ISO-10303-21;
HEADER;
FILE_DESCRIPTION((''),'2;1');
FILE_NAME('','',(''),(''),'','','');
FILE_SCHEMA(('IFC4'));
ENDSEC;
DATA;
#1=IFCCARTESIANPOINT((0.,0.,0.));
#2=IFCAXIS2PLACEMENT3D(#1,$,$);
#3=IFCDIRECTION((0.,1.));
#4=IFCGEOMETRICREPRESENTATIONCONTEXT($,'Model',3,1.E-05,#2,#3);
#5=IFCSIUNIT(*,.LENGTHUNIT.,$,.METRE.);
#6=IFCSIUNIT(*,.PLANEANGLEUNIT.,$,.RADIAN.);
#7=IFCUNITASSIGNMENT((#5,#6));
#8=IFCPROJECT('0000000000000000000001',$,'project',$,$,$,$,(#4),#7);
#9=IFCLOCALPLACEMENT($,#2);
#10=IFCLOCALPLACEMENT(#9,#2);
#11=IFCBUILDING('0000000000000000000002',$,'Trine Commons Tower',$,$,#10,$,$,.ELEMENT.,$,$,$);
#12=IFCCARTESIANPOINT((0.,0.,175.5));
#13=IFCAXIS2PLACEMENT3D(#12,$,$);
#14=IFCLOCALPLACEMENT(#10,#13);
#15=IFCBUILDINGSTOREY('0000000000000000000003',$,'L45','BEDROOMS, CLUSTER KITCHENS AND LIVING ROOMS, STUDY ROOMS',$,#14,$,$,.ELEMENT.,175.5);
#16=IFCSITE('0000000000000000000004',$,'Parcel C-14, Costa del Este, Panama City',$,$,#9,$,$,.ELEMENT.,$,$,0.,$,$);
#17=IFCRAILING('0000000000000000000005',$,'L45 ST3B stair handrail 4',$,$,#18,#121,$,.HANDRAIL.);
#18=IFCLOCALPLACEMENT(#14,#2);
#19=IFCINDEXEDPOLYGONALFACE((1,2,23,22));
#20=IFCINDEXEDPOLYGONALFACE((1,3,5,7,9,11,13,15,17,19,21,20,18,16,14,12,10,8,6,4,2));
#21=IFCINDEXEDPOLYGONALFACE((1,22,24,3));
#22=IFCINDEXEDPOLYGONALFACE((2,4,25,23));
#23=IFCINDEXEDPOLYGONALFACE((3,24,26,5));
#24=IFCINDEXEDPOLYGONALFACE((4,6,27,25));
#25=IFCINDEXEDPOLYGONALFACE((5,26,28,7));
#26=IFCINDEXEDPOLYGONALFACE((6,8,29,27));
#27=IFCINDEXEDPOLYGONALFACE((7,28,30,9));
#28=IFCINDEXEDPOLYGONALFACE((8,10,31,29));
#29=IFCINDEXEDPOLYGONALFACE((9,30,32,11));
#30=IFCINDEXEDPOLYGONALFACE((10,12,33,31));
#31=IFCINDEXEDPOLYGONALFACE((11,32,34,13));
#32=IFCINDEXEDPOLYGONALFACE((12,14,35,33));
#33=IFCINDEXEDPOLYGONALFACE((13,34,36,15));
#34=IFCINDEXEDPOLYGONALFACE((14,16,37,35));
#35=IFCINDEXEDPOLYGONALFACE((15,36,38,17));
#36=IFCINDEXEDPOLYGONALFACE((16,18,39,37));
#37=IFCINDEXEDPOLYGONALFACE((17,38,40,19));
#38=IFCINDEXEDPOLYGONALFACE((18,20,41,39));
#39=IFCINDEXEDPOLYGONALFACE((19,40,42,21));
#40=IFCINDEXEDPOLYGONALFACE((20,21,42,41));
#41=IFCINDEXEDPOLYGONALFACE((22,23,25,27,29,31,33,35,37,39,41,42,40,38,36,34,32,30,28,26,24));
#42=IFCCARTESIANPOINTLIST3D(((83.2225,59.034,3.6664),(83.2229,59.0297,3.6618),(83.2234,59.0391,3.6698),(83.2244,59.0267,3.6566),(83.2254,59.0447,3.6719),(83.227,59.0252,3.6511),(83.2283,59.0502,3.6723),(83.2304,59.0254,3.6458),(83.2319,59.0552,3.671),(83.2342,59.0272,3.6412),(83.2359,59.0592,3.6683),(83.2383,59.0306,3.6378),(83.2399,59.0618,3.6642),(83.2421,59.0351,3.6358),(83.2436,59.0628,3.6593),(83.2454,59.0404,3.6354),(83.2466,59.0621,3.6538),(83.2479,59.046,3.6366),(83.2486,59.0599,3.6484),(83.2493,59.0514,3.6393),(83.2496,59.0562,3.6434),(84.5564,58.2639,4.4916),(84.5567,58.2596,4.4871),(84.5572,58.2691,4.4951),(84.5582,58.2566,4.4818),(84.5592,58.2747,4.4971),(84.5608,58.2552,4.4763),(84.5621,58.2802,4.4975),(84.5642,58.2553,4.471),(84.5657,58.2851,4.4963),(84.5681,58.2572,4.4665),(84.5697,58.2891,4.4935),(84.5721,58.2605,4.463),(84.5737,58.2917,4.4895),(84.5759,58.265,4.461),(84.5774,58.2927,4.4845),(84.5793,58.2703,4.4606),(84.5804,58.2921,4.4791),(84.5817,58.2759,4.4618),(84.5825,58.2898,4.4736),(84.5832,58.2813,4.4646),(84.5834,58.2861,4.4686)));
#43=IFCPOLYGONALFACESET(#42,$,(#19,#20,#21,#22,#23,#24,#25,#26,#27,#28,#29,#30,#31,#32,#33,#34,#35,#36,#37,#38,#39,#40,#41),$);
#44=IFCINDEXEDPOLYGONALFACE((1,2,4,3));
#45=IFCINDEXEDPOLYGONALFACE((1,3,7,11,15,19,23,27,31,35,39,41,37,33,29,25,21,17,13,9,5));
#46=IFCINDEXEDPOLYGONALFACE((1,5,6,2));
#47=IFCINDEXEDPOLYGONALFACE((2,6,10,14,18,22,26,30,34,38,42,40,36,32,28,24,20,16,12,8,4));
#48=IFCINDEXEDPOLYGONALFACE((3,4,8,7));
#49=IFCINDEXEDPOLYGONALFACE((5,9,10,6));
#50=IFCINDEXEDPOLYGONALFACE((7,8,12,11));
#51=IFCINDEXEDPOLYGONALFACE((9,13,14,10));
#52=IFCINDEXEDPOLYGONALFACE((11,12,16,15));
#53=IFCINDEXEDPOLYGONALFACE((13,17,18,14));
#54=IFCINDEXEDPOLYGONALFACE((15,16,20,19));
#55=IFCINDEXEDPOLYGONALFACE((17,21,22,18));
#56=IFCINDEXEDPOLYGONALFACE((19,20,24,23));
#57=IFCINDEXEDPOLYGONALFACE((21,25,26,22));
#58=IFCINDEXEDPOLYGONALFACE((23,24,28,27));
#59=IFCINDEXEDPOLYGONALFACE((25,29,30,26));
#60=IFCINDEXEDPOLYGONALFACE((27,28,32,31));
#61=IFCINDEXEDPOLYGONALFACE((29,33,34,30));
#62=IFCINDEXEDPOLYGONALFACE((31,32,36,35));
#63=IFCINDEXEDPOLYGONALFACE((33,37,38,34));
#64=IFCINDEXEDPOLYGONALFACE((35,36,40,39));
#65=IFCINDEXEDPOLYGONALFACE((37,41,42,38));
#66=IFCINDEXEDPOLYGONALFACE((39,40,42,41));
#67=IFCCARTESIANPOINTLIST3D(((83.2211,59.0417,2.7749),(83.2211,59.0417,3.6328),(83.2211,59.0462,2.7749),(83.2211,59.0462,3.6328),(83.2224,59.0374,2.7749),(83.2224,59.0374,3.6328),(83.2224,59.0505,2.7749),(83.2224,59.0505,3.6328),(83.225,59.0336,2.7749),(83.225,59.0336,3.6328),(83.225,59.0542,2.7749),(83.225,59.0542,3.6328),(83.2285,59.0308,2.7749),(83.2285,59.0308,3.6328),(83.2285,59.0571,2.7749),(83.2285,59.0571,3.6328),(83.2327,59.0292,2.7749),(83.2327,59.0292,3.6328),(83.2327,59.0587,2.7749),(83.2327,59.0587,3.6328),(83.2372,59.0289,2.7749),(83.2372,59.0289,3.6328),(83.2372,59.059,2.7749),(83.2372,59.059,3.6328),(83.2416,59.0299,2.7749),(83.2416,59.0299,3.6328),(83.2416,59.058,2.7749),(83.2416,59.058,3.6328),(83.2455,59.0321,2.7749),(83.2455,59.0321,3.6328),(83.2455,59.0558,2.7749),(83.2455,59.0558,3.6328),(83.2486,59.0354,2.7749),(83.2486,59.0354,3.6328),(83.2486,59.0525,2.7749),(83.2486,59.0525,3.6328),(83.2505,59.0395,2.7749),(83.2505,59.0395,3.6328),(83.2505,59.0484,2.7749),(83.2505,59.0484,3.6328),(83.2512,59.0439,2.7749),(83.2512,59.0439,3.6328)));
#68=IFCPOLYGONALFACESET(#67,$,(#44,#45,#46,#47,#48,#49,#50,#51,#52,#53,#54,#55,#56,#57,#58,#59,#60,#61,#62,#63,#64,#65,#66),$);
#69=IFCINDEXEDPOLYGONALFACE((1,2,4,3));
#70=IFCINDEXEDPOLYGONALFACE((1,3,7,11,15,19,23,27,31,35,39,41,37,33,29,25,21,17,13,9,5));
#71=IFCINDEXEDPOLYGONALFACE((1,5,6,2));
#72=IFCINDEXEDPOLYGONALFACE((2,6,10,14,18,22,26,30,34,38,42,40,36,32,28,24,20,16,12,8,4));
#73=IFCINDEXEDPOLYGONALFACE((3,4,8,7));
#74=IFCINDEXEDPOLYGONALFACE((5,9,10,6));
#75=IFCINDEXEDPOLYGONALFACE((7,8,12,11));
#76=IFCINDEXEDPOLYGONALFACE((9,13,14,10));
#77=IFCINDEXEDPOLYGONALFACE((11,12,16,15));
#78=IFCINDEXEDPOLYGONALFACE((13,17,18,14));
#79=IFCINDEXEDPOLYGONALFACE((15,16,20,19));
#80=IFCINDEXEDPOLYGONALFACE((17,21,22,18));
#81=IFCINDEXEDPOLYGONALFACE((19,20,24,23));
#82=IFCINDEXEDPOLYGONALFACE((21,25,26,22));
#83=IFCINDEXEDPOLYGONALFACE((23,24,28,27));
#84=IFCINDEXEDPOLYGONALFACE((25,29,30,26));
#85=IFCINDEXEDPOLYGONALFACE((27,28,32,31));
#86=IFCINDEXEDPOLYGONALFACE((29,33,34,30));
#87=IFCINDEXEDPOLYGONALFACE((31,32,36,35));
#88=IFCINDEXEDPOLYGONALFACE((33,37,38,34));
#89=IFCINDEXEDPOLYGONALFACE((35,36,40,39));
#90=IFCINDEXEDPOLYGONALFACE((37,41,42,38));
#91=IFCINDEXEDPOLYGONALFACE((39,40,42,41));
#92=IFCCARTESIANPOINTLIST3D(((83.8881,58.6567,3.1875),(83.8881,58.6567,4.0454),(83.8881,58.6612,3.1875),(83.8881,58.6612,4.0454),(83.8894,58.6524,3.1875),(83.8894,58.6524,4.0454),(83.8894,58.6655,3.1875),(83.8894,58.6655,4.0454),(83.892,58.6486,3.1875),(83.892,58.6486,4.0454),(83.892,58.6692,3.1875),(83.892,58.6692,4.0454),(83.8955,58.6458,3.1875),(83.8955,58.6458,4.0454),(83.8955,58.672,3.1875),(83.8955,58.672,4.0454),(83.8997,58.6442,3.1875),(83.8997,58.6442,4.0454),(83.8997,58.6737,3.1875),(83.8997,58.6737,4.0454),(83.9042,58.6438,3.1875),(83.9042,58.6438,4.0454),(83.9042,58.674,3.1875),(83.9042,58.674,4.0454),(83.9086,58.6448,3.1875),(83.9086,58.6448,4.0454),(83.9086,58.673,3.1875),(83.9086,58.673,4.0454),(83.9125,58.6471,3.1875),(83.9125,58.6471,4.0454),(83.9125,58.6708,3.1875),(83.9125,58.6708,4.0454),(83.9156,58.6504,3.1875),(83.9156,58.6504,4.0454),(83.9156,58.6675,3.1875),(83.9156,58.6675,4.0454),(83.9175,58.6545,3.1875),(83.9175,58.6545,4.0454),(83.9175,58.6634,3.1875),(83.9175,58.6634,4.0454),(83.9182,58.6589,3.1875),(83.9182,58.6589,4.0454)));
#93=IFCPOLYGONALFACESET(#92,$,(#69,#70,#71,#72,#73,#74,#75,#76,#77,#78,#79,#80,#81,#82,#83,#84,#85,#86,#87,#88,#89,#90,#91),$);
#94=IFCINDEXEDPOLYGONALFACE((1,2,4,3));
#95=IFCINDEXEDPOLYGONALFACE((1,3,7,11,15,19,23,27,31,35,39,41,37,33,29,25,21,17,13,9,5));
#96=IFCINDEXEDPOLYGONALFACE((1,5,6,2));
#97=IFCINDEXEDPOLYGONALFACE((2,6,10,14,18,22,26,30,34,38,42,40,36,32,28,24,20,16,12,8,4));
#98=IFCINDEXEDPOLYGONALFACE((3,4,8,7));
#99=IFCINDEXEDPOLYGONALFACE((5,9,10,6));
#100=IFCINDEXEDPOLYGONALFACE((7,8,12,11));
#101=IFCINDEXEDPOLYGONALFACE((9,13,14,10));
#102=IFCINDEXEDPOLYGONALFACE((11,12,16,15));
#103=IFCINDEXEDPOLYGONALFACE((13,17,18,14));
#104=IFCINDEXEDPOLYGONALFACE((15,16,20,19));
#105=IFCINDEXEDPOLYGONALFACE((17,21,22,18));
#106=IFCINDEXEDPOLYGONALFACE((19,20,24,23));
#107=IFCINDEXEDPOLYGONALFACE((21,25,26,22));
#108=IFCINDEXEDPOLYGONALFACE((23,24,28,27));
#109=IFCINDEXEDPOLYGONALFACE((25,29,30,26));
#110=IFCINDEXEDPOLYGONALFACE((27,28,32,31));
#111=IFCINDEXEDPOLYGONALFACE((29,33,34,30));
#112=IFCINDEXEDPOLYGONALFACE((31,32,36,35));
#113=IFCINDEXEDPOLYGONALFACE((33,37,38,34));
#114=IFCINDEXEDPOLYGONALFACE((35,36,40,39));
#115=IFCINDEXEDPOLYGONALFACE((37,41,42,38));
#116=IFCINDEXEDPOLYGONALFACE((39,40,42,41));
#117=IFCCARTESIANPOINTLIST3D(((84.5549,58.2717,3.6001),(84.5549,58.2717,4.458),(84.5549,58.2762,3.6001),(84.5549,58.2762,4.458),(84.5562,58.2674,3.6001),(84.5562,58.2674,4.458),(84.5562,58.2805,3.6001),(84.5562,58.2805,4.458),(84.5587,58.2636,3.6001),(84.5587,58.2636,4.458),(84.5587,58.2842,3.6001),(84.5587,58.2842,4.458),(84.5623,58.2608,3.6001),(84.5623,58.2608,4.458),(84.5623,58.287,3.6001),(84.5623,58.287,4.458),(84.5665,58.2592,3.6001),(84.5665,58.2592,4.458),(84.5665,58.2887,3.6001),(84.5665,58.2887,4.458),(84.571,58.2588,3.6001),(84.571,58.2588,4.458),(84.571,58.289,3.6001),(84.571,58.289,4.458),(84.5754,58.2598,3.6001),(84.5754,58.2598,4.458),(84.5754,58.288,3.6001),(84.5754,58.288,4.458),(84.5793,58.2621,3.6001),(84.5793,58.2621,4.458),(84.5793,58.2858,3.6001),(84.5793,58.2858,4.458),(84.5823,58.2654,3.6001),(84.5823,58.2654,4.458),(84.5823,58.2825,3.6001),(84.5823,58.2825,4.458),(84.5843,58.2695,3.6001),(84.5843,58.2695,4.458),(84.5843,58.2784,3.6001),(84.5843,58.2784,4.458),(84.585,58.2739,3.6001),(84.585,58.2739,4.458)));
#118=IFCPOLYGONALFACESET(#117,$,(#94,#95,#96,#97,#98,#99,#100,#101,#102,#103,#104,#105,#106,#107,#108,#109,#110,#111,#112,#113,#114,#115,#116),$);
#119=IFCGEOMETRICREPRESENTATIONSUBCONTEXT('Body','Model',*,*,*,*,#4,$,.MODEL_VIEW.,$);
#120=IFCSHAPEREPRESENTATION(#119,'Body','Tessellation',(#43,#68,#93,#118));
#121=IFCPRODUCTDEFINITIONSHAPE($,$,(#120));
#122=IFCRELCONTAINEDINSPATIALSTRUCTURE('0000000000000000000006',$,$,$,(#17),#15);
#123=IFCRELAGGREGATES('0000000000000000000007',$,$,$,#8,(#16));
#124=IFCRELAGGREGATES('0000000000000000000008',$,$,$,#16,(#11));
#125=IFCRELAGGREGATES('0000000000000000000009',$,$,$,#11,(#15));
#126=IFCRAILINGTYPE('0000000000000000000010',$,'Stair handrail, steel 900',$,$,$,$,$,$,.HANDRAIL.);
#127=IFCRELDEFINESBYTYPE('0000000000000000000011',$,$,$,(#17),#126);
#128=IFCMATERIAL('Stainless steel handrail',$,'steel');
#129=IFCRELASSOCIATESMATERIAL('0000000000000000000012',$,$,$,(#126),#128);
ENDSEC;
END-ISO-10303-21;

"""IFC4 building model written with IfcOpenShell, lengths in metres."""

from ifc_helpers import new_model, si_unit, direction, frame, origin, origin_2d, place, context, subcontext, project, spatial, circle, extrude, material, type_object, element, save


model = new_model("IFC4")

# Units and contexts
model_context = context("Model", 3, precision=1e-05, world=origin(), true_north=direction((0.0, 1.0)))
body_context = subcontext(model_context, "Body", "Model", "MODEL_VIEW")
ifc_project = project(units=[si_unit("LENGTHUNIT", "METRE"), si_unit("PLANEANGLEUNIT", "RADIAN")], contexts=[model_context])

# Site, building, storey
site_placement = place(None, origin())
site = spatial("IfcSite", under=ifc_project, at=site_placement, Name="Parcel C-14, Costa del Este, Panama City", CompositionType="ELEMENT", RefElevation=0.0)
building_placement = place(site_placement, origin())
building = spatial("IfcBuilding", under=site, at=building_placement, Name="Trine Commons Tower", CompositionType="ELEMENT")
storey_placement = place(building_placement, frame((0.0, 0.0, 175.5)))
storey = spatial("IfcBuildingStorey", under=building, at=storey_placement, Name="L45", Description="BEDROOMS, CLUSTER KITCHENS AND LIVING ROOMS, STUDY ROOMS", CompositionType="ELEMENT", Elevation=175.5)

# Railing
ifc_material_1 = material(Name="Stainless steel handrail", Category="steel")
railing_type_1 = type_object("IfcRailingType", Name="Stair handrail, steel 900", PredefinedType="HANDRAIL", material=ifc_material_1)
railing_1_placement = place(storey_placement, frame((83.2361, 59.0439, 2.7749)))
element("IfcRailing", 1, at=railing_1_placement, inside=storey, type_object=railing_type_1, Name="L45 ST3B stair handrail 4", PredefinedType="HANDRAIL", context=body_context, shape_type="SweptSolid", body=[
    extrude(circle(Radius=0.021, at=origin_2d()), frame((0.0, 0.0, 0.8789), z_axis=(0.763355, -0.440714, 0.472293), x_axis=(0.499992, 0.86603, 0.0)), (0.0, 0.0, 1.0), 1.7473),
    extrude(circle(Radius=0.0151, at=origin_2d()), origin(), (0.0, 0.0, 1.0), 0.8579),
    extrude(circle(Radius=0.0151, at=origin_2d()), frame((0.667, -0.385, 0.4126)), (0.0, 0.0, 1.0), 0.8579),
    extrude(circle(Radius=0.0151, at=origin_2d()), frame((1.3337, -0.77, 0.8252)), (0.0, 0.0, 1.0), 0.8579),
])

save(model, "model.ifc")
